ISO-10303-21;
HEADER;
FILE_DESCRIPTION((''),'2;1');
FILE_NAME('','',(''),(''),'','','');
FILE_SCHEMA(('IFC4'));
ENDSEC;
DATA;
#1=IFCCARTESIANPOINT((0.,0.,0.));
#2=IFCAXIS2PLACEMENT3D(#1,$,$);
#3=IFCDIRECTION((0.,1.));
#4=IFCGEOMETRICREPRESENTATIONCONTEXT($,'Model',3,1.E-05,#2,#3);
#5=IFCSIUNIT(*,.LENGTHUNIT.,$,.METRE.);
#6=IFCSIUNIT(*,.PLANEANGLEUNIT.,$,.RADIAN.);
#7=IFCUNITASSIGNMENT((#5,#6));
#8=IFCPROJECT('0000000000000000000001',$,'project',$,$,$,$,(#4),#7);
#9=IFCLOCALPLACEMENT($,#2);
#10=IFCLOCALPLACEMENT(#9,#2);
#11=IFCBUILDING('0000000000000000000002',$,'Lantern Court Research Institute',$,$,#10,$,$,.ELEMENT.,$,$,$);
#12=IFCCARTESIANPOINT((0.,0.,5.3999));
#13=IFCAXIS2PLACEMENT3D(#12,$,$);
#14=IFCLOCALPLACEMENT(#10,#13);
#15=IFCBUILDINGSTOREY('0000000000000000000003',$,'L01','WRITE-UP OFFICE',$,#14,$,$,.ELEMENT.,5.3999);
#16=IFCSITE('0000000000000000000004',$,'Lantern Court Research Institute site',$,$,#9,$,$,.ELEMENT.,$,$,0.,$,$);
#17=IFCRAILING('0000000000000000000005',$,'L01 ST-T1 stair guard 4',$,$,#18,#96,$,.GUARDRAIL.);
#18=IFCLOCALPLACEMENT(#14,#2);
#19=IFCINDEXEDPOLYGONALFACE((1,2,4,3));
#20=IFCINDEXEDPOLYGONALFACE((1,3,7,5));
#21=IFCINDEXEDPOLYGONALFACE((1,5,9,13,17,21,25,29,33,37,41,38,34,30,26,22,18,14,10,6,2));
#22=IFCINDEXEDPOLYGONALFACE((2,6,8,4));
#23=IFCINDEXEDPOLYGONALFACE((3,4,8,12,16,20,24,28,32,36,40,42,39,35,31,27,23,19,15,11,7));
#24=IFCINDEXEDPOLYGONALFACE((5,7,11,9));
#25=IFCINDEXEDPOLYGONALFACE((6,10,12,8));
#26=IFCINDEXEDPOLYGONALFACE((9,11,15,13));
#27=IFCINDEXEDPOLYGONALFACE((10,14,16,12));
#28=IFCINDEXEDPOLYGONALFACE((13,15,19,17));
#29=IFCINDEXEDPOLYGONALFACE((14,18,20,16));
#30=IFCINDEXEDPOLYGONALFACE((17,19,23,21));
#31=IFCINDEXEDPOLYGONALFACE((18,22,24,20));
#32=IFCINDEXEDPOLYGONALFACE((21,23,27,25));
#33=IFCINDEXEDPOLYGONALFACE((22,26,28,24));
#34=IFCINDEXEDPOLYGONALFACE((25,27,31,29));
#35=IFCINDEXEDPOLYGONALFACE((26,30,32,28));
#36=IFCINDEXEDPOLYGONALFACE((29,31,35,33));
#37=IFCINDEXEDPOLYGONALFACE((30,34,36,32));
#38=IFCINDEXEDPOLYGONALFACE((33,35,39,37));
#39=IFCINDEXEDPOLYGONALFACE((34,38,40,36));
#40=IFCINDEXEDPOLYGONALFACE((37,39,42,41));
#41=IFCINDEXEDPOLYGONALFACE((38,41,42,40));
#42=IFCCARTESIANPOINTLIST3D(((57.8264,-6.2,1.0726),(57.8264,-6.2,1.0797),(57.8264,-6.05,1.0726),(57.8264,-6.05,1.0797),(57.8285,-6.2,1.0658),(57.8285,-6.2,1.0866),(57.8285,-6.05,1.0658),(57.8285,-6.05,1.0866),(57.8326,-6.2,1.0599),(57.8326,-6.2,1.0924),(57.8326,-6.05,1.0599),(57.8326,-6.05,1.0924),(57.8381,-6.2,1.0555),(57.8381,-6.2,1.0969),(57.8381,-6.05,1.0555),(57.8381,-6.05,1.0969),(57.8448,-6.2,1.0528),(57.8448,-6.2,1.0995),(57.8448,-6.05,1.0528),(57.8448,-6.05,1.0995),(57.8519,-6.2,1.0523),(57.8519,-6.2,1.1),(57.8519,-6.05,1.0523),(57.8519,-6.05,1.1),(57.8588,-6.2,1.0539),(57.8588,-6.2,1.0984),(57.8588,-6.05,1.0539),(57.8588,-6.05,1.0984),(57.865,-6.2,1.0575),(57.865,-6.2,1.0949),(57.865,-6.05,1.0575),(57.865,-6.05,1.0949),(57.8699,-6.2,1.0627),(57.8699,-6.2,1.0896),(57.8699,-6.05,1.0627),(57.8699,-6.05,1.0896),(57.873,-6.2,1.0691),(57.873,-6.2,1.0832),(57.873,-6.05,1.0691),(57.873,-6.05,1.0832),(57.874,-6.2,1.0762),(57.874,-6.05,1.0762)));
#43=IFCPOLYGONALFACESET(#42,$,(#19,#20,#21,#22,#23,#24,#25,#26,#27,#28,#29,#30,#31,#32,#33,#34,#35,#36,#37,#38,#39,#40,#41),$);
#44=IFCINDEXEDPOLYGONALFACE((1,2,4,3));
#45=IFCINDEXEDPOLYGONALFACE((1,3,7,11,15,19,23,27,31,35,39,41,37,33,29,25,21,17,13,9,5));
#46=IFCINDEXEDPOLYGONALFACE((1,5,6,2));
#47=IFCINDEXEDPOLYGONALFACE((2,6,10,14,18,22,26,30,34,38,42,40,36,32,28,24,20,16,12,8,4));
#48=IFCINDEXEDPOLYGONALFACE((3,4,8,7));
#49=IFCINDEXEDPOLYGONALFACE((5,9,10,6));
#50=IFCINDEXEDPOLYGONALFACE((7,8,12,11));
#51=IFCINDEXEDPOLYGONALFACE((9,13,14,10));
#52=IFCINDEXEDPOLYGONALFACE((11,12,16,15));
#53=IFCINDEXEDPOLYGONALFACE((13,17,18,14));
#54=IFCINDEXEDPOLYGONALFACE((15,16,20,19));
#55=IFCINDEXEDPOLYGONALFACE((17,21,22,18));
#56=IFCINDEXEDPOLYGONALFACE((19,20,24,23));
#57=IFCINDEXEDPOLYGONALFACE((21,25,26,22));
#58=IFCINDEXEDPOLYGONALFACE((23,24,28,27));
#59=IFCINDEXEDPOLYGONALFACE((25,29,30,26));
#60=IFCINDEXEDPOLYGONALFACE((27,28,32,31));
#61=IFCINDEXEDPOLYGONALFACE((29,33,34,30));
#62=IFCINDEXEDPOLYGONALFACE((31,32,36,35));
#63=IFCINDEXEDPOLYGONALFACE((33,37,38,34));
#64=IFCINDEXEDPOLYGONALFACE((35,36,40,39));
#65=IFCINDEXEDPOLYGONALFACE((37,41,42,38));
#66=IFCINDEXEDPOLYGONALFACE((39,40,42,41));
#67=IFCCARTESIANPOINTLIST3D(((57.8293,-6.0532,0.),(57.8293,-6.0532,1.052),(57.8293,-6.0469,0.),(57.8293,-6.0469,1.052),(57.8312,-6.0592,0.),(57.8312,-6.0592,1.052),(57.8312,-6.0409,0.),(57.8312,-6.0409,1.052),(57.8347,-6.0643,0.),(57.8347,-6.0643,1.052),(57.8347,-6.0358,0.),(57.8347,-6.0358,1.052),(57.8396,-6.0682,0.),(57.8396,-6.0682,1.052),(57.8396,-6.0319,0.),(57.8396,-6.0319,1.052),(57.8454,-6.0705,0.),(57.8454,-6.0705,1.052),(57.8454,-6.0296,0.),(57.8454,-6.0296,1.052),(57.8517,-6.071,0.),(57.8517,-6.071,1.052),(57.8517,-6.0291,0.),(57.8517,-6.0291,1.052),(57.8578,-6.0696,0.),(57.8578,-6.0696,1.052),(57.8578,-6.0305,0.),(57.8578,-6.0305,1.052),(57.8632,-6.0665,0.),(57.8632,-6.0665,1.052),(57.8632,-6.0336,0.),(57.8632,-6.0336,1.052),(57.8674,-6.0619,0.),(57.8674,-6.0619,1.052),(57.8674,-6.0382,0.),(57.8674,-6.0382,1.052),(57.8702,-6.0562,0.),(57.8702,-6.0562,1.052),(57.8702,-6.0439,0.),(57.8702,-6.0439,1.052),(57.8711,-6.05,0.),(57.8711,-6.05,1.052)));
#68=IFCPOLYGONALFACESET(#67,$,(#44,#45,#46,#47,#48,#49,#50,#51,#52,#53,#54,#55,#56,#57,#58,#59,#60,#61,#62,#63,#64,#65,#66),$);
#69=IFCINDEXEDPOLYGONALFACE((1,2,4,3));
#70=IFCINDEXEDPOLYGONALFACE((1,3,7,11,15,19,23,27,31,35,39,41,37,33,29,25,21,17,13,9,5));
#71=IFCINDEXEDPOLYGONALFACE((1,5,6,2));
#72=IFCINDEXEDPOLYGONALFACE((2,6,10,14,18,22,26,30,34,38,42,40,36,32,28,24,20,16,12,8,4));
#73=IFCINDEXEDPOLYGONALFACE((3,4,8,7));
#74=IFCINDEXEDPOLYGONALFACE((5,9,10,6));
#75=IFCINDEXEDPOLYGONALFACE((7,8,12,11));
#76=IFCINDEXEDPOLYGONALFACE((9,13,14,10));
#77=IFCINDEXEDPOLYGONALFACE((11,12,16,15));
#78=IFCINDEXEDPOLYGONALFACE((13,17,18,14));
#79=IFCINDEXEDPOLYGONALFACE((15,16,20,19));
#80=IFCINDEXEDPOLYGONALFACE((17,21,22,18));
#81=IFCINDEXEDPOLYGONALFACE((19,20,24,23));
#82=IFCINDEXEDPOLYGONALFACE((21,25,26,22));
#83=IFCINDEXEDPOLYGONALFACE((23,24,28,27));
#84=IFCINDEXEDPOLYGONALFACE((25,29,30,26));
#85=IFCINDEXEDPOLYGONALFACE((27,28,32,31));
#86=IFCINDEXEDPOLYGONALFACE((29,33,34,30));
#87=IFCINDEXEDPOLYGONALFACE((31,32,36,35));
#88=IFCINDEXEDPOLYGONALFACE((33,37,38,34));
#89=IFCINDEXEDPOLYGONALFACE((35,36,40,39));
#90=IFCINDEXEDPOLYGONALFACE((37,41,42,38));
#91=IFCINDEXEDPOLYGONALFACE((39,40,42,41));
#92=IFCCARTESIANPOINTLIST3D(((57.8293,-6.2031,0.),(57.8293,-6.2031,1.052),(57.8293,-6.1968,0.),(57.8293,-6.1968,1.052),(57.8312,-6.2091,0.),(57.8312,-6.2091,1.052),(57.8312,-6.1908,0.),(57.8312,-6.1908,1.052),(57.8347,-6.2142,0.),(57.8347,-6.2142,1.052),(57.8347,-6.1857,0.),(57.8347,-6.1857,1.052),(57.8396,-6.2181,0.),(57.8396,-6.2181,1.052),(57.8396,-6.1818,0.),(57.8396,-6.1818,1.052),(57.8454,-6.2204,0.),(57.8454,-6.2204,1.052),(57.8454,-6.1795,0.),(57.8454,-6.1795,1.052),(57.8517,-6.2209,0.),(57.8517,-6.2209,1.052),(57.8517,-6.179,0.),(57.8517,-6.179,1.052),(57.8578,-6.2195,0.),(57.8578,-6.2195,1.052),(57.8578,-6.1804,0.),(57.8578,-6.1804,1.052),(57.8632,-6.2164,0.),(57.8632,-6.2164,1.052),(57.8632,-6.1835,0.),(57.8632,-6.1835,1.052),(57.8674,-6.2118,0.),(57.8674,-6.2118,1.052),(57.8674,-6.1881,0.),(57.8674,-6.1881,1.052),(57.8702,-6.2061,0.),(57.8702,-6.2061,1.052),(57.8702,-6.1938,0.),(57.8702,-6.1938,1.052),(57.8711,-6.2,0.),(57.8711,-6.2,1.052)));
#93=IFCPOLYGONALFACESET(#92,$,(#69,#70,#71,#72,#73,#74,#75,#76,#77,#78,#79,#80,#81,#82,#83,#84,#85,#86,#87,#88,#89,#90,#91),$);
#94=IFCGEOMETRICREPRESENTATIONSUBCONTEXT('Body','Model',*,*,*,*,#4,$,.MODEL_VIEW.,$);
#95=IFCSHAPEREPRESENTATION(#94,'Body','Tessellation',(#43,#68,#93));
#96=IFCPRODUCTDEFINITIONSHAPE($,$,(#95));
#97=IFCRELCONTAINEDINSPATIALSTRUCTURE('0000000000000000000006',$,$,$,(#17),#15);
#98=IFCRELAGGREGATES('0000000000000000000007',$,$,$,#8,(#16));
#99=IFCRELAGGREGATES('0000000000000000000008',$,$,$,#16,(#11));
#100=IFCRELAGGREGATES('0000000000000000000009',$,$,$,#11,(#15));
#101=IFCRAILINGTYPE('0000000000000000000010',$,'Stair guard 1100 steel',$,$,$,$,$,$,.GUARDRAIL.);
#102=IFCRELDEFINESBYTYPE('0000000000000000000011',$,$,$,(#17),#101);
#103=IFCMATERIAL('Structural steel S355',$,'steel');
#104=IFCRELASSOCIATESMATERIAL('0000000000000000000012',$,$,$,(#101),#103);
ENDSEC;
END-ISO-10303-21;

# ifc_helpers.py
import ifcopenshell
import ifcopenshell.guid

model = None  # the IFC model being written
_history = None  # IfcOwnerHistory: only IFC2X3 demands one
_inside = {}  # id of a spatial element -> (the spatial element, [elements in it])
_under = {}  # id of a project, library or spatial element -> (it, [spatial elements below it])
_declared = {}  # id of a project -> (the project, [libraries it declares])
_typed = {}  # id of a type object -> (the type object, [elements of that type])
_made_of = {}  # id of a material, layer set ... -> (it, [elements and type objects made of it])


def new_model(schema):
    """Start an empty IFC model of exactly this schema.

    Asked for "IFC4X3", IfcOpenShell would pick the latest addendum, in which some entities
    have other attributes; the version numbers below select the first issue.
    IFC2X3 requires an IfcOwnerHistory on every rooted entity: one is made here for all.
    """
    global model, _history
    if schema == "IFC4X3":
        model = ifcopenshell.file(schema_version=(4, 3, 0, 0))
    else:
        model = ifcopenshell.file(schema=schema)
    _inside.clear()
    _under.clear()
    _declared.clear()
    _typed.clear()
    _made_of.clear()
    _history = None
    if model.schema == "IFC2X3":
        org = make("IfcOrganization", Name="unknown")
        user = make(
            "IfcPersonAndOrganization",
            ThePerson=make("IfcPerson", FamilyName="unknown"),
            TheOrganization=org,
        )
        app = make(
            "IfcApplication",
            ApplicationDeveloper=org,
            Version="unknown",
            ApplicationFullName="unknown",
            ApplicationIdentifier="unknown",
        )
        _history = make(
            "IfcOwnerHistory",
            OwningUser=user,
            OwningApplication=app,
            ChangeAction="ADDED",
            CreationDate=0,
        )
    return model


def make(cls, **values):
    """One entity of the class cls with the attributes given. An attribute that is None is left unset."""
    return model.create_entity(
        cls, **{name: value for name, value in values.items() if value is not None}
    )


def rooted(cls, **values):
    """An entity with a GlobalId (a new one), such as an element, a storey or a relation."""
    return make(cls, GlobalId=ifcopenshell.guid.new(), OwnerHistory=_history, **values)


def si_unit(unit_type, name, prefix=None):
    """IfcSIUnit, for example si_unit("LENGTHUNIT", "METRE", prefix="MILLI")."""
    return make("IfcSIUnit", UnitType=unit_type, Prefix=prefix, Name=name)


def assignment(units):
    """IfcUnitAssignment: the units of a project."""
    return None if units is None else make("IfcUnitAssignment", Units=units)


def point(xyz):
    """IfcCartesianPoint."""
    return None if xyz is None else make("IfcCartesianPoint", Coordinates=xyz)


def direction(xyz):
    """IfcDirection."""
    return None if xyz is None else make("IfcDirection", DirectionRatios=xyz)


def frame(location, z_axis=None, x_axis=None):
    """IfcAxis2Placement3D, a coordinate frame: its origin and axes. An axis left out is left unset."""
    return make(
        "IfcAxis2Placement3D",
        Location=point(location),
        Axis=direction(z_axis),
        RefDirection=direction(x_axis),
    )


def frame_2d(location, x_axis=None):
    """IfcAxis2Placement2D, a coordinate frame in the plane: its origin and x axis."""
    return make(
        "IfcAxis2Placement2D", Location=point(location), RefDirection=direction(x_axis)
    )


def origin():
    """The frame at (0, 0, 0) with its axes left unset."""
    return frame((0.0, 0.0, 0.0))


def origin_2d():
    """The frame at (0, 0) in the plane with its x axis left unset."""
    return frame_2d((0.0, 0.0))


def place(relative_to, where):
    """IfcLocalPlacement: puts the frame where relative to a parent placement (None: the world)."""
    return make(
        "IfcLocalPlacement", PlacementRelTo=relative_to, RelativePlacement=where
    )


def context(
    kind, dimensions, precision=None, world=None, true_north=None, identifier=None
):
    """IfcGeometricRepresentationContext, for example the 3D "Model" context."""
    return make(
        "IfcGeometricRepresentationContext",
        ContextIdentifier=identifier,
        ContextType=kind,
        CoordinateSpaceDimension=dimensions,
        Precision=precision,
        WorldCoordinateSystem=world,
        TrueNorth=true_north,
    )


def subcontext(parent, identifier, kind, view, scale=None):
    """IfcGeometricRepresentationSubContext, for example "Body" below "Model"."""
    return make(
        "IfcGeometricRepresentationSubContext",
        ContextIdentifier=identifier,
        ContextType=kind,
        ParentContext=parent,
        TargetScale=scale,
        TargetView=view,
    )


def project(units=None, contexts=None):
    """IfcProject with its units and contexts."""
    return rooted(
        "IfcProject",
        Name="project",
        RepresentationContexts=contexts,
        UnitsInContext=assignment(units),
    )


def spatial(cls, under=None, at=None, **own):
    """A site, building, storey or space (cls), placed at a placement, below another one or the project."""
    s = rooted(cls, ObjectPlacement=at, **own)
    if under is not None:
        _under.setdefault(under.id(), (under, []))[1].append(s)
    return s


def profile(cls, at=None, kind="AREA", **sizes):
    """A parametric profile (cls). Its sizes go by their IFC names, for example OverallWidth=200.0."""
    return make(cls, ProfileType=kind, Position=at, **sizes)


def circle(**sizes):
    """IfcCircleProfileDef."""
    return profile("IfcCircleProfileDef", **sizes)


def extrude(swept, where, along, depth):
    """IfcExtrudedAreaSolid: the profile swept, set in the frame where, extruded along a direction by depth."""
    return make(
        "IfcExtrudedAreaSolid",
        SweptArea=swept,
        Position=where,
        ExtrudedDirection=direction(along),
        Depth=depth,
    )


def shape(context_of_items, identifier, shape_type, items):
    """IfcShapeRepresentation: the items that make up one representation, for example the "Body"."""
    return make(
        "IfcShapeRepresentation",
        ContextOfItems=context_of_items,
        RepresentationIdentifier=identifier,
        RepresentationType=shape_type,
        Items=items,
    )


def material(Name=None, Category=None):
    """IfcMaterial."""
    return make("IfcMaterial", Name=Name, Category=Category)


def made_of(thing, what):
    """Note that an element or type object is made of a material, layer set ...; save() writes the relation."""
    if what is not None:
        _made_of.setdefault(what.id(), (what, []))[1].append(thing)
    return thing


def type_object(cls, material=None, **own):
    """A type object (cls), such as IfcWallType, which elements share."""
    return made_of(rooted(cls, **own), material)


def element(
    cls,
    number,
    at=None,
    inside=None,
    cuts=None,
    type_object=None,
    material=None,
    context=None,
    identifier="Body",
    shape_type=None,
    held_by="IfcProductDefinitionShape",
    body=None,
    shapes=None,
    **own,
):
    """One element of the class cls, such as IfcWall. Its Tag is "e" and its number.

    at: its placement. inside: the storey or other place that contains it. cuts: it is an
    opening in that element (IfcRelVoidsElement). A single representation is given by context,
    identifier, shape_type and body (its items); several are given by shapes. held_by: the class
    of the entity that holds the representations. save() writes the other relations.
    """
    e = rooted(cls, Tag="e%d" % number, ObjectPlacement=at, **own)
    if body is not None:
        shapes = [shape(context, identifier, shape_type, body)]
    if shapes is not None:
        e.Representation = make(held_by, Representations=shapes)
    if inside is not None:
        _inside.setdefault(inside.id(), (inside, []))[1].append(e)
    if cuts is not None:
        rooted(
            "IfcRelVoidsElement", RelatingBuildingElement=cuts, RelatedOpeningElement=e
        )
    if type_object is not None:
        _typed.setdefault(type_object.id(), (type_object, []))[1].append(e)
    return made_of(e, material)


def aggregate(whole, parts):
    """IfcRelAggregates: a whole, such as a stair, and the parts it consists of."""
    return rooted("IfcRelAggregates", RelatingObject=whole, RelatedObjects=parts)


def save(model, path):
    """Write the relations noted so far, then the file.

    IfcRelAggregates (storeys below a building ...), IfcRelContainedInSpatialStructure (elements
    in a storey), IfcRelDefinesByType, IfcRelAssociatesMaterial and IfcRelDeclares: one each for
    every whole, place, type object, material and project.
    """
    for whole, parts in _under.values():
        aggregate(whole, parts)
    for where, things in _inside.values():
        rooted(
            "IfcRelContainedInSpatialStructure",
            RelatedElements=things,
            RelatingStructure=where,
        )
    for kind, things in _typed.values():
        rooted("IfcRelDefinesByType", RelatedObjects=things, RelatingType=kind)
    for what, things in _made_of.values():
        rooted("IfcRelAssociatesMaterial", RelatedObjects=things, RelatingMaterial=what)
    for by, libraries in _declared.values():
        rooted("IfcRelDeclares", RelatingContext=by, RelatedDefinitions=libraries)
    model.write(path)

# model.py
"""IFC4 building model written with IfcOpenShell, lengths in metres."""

from ifc_helpers import new_model, si_unit, direction, frame, origin, origin_2d, place, context, subcontext, project, spatial, circle, extrude, material, type_object, element, save


model = new_model("IFC4")

# Units and contexts
model_context = context("Model", 3, precision=1e-05, world=origin(), true_north=direction((0.0, 1.0)))
body_context = subcontext(model_context, "Body", "Model", "MODEL_VIEW")
ifc_project = project(units=[si_unit("LENGTHUNIT", "METRE"), si_unit("PLANEANGLEUNIT", "RADIAN")], contexts=[model_context])

# Site, building, storey
site_placement = place(None, origin())
site = spatial("IfcSite", under=ifc_project, at=site_placement, Name="Lantern Court Research Institute site", CompositionType="ELEMENT", RefElevation=0.0)
building_placement = place(site_placement, origin())
building = spatial("IfcBuilding", under=site, at=building_placement, Name="Lantern Court Research Institute", CompositionType="ELEMENT")
storey_placement = place(building_placement, frame((0.0, 0.0, 5.3999)))
storey = spatial("IfcBuildingStorey", under=building, at=storey_placement, Name="L01", Description="WRITE-UP OFFICE", CompositionType="ELEMENT", Elevation=5.3999)

# Railing
ifc_material_1 = material(Name="Structural steel S355", Category="steel")
railing_type_1 = type_object("IfcRailingType", Name="Stair guard 1100 steel", PredefinedType="GUARDRAIL", material=ifc_material_1)
railing_1_placement = place(storey_placement, frame((57.8501, -6.05, 0.0)))
element("IfcRailing", 1, at=railing_1_placement, inside=storey, type_object=railing_type_1, Name="L01 ST-T1 stair guard 4", PredefinedType="GUARDRAIL", context=body_context, shape_type="SweptSolid", body=[
    extrude(circle(Radius=0.0239, at=origin_2d()), frame((0.0, 0.0, 1.0762), z_axis=(0.0, -1.0, 0.0), x_axis=(1.0, 0.0, 0.0)), (0.0, 0.0, 1.0), 0.1499),
    extrude(circle(Radius=0.021, at=origin_2d()), origin(), (0.0, 0.0, 1.0), 1.052),
    extrude(circle(Radius=0.021, at=origin_2d()), frame((0.0, -0.1499, 0.0)), (0.0, 0.0, 1.0), 1.052),
])

save(model, "model.ifc")
